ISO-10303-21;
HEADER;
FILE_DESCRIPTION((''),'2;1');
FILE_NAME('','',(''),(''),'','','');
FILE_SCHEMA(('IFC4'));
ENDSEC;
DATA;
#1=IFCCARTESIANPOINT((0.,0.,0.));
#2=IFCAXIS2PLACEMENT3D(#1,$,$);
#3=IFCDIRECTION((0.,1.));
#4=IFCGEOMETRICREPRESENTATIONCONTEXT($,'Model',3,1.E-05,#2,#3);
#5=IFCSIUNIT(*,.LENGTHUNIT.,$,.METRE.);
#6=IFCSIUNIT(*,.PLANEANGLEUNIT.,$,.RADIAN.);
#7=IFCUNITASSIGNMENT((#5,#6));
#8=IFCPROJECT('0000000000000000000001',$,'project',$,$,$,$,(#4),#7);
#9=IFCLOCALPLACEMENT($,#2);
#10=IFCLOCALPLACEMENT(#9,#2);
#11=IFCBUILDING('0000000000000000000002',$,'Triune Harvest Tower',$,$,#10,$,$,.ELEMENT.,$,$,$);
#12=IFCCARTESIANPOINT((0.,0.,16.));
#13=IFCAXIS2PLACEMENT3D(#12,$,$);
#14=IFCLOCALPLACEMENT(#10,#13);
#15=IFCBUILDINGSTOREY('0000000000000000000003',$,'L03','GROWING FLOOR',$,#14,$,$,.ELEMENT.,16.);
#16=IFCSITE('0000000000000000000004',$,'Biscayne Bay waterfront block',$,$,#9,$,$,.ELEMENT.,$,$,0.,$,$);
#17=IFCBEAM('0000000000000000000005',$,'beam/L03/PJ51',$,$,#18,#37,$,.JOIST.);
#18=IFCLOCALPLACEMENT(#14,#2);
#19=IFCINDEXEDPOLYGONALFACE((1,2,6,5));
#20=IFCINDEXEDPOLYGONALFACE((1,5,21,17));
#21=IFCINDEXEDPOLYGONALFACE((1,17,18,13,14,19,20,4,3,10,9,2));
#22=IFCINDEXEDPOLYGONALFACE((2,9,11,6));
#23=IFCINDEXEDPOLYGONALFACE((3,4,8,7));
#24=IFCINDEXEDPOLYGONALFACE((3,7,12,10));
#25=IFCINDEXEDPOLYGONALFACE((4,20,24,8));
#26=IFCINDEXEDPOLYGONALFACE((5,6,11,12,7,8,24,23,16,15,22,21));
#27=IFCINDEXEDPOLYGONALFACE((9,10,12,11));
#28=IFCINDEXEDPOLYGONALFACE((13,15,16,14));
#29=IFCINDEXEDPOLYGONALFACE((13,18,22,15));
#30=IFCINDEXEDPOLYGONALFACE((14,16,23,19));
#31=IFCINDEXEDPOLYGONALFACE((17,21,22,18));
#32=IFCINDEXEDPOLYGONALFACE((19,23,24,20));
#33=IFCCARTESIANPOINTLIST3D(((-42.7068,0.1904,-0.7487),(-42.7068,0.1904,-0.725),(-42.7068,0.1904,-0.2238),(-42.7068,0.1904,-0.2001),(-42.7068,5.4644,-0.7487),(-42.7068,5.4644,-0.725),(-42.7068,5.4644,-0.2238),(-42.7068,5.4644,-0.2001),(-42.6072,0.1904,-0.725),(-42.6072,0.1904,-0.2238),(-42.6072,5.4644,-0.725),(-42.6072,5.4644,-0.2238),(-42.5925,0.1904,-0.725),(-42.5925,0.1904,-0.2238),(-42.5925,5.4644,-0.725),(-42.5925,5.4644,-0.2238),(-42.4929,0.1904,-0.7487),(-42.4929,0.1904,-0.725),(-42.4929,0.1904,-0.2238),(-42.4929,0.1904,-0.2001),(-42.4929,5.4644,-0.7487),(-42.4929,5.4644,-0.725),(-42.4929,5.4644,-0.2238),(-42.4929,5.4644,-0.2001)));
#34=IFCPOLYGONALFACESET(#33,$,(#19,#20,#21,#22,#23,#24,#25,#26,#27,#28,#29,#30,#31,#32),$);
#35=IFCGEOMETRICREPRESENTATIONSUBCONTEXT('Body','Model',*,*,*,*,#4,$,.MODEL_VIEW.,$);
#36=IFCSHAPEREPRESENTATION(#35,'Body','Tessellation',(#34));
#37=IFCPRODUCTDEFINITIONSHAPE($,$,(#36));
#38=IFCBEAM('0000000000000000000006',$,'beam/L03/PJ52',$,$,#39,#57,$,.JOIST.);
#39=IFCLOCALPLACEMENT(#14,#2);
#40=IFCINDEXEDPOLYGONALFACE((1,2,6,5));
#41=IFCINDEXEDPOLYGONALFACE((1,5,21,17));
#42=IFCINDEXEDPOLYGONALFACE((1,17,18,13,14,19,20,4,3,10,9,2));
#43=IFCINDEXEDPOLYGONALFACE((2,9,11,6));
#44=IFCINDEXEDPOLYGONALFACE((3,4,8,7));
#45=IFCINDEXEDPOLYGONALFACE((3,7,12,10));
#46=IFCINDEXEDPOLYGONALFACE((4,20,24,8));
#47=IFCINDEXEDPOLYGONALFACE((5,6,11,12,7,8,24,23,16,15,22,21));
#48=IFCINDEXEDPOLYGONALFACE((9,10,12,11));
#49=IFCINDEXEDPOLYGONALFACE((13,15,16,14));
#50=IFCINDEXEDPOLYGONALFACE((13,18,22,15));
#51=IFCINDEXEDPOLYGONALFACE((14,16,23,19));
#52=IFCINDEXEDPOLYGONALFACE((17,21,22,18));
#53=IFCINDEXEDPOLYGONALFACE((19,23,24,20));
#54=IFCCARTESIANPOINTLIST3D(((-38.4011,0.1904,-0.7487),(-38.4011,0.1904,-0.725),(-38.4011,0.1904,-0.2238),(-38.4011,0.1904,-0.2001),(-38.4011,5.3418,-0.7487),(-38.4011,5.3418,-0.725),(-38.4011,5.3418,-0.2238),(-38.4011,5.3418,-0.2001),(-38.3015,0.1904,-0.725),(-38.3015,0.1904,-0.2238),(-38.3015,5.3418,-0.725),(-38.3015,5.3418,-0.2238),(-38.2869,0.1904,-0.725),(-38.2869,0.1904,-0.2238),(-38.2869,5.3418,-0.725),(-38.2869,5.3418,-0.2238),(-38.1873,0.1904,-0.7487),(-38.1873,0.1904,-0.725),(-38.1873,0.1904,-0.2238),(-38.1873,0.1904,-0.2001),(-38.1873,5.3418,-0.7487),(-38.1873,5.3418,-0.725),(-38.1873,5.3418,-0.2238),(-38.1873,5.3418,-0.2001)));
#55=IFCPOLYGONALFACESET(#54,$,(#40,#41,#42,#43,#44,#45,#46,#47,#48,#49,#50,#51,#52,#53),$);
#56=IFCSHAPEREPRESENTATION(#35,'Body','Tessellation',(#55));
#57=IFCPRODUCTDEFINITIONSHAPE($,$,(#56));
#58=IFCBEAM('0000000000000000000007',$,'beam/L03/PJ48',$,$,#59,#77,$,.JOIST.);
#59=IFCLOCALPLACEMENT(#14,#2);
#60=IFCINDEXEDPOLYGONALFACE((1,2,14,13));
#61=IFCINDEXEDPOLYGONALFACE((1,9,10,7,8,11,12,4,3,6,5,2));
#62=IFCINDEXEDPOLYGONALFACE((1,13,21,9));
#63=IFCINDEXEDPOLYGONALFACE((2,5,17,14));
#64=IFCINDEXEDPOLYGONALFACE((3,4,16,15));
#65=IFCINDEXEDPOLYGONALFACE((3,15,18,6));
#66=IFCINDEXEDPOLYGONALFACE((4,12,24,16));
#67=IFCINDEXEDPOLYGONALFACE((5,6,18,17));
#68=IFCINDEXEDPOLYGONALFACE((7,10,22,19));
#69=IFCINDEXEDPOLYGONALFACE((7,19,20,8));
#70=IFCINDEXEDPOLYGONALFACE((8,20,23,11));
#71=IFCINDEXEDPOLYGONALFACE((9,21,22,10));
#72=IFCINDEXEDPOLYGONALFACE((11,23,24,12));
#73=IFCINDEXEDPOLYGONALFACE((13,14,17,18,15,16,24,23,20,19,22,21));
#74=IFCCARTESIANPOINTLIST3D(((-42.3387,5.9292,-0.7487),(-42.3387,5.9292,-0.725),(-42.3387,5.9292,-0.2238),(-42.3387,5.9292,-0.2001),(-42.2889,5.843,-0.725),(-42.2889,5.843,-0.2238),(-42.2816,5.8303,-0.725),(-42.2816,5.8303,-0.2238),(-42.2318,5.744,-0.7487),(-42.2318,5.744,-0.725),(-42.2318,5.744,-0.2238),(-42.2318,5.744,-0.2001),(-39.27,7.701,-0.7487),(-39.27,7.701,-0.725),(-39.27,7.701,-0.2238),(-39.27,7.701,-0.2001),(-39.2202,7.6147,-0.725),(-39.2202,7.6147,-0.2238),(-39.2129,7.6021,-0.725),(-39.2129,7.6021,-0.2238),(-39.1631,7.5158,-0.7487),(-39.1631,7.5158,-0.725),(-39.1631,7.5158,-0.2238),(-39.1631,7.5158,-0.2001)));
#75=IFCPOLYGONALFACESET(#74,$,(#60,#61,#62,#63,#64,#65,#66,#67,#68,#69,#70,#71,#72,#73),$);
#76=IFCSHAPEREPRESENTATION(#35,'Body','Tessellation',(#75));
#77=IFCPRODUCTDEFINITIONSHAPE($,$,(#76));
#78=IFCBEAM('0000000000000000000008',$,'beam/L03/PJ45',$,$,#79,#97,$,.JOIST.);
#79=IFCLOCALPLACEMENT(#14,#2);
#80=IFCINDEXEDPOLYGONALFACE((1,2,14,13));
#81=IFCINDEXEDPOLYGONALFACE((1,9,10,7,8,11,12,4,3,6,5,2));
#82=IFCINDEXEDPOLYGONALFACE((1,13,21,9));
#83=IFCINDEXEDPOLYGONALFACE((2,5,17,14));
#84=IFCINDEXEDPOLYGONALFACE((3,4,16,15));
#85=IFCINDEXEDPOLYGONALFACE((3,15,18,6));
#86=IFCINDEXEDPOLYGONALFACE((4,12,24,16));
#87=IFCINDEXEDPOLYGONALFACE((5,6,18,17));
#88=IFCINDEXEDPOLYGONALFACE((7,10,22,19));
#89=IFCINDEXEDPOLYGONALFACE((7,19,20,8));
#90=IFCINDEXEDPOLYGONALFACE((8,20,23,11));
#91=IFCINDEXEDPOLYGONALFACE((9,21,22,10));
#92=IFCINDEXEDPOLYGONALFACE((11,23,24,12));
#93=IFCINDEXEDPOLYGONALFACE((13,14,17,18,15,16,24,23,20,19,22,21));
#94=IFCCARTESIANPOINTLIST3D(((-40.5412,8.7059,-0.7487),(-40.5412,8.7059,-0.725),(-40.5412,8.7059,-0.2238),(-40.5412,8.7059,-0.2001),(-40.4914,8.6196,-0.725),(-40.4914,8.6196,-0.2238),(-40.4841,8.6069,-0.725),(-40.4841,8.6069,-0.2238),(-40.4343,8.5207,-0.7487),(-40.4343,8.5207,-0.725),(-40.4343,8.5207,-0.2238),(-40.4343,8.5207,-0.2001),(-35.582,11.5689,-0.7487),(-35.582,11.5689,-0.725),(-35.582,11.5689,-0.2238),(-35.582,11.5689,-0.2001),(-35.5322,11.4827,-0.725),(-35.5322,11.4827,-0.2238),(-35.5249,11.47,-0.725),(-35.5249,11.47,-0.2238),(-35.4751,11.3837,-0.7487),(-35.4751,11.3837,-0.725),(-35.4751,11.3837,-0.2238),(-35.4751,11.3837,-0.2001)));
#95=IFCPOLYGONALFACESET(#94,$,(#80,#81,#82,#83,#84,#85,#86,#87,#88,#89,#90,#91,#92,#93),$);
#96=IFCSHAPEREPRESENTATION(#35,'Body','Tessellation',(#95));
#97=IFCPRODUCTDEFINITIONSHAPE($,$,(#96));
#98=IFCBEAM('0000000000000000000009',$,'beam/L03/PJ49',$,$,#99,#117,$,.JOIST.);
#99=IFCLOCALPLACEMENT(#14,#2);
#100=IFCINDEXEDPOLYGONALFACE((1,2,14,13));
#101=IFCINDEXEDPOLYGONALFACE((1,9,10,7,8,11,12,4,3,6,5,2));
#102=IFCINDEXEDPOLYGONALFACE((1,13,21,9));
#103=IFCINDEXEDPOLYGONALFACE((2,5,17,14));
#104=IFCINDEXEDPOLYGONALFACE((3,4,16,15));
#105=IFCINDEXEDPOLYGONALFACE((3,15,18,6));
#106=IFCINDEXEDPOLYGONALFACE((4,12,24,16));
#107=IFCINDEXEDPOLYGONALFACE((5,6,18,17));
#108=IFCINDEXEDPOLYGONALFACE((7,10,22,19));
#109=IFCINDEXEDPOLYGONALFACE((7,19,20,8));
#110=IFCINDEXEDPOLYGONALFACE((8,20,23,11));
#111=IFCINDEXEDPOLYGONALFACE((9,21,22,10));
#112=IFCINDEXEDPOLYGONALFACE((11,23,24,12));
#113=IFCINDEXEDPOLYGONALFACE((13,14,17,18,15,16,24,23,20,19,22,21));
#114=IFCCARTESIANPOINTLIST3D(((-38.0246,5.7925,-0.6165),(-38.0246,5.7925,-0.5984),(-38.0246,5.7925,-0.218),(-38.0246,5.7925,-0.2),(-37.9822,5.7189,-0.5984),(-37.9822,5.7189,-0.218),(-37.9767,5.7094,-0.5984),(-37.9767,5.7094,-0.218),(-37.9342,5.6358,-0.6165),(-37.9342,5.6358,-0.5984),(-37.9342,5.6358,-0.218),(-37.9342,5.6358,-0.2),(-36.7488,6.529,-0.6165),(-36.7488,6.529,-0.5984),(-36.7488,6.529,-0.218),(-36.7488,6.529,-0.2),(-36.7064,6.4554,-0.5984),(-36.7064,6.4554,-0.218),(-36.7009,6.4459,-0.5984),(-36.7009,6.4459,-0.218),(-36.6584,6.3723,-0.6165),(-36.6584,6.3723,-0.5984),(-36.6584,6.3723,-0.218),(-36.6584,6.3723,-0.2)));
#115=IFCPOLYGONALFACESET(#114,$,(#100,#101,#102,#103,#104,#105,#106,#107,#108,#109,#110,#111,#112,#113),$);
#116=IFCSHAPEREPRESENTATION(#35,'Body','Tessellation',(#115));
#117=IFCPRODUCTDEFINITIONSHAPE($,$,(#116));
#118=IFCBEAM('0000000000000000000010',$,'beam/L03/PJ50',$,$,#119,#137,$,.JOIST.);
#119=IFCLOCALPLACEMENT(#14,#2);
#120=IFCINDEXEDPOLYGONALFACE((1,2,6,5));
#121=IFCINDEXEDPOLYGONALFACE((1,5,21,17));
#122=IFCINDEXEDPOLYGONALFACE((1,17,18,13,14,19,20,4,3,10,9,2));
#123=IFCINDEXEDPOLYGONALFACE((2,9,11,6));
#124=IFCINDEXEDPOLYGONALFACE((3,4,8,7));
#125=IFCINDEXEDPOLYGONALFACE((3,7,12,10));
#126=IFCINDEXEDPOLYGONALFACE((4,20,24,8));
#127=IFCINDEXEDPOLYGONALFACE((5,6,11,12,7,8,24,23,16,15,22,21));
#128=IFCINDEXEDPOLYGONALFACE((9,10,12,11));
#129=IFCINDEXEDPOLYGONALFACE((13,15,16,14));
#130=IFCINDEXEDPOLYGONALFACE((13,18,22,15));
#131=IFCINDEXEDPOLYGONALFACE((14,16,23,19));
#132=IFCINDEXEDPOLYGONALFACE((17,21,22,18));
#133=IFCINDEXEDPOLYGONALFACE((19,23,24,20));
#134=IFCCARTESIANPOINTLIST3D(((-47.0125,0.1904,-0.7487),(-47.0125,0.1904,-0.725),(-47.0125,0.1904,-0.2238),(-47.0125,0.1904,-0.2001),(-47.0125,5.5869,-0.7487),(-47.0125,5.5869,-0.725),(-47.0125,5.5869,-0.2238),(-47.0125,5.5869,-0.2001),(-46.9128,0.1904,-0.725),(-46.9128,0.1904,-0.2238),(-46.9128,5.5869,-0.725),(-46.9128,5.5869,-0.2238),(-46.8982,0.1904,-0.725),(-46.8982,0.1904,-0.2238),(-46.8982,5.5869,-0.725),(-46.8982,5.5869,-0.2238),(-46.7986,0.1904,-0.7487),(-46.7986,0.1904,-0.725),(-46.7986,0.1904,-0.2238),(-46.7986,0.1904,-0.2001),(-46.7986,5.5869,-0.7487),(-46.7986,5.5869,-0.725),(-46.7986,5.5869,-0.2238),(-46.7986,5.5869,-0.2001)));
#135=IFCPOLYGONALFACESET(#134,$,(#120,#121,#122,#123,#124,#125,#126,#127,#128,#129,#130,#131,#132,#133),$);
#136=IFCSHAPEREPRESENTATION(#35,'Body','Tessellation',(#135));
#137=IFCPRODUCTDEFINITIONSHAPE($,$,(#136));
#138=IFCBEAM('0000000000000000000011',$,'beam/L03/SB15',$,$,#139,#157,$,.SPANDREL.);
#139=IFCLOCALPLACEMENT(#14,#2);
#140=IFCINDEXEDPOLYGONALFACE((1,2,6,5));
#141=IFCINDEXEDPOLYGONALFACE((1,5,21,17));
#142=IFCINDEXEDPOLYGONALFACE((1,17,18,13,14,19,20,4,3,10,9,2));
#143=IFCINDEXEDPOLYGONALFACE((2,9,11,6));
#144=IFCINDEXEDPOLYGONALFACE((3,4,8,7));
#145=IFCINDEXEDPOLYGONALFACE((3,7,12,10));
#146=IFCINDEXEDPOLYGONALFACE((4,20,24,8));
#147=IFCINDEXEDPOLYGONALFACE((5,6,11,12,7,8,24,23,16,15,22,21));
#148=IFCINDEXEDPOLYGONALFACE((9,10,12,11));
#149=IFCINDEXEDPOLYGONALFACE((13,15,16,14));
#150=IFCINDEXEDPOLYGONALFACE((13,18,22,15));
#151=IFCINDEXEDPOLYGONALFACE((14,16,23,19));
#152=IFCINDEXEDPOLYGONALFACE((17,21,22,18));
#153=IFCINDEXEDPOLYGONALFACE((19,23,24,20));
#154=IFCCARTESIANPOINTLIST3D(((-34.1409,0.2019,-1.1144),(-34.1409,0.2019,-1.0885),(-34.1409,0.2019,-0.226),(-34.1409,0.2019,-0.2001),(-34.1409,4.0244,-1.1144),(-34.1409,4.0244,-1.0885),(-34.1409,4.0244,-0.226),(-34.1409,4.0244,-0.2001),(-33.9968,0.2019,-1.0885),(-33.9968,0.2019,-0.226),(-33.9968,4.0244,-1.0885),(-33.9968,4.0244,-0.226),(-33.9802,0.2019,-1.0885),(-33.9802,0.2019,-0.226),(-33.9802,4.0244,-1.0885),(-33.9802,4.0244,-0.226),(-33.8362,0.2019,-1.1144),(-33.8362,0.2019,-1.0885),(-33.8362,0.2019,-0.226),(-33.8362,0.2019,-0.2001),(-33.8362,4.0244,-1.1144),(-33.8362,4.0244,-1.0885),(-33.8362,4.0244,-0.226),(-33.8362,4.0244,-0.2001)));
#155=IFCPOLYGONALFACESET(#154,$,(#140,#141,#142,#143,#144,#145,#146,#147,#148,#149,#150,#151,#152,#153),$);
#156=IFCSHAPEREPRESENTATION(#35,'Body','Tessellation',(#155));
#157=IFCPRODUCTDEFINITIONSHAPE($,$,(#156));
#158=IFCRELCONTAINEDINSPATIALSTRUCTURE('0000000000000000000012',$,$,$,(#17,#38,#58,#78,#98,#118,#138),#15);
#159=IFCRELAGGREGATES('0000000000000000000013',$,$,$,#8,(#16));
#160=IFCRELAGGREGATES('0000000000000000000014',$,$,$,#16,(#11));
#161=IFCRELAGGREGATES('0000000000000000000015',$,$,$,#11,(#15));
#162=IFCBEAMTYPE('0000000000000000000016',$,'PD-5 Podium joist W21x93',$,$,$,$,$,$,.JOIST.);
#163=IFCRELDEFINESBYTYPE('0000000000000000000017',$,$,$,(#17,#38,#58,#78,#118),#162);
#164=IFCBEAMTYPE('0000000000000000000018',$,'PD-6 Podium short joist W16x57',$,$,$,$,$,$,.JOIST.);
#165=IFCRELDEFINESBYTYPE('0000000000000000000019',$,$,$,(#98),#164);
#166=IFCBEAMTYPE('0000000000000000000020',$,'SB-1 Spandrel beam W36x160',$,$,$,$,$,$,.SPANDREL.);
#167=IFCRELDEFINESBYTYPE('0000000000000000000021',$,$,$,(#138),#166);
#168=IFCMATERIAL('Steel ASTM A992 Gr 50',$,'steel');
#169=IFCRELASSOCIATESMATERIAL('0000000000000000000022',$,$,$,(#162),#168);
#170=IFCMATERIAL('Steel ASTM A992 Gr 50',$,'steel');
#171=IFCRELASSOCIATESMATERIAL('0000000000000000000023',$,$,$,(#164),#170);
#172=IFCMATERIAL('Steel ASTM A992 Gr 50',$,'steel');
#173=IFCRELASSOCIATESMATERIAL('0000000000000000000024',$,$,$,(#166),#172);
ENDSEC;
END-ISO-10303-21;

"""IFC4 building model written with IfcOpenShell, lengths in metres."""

from ifc_helpers import new_model, si_unit, direction, frame, origin, origin_2d, place, context, subcontext, project, spatial, i_section, extrude, source, transform, mapped, material, material_profile, profile_set, type_object, element, save


model = new_model("IFC4")

# Units and contexts
model_context = context("Model", 3, precision=1e-05, world=origin(), true_north=direction((0.0, 1.0)))
body_context = subcontext(model_context, "Body", "Model", "MODEL_VIEW")
ifc_project = project(units=[si_unit("LENGTHUNIT", "METRE"), si_unit("PLANEANGLEUNIT", "RADIAN")], contexts=[model_context])

# Site, building, storey
site_placement = place(None, origin())
site = spatial("IfcSite", under=ifc_project, at=site_placement, Name="Biscayne Bay waterfront block", CompositionType="ELEMENT", RefElevation=0.0)
building_placement = place(site_placement, origin())
building = spatial("IfcBuilding", under=site, at=building_placement, Name="Triune Harvest Tower", CompositionType="ELEMENT")
storey_placement = place(building_placement, frame((0.0, 0.0, 16.0)))
storey = spatial("IfcBuildingStorey", under=building, at=storey_placement, Name="L03", Description="GROWING FLOOR", CompositionType="ELEMENT", Elevation=16.0)

# Beams
ifc_material_1 = material(Name="Steel ASTM A992 Gr 50", Category="steel")
ifc_material_profile_1 = material_profile(ifc_material_1, i_section(OverallWidth=0.2139, OverallDepth=0.5486, WebThickness=0.0146, FlangeThickness=0.0237, at=origin_2d()), Name="W21x93")
ifc_profile_set_1 = profile_set([ifc_material_profile_1], Name="Steel ASTM A992 Gr 50")
beam_type_1 = type_object("IfcBeamType", Name="PD-5 Podium joist W21x93", PredefinedType="JOIST", material=ifc_profile_set_1)
shared_shape_1 = source(origin(), body_context, "Body", "SweptSolid", [
    extrude(i_section(OverallWidth=0.2139, OverallDepth=0.5486, WebThickness=0.0146, FlangeThickness=0.0237, at=origin_2d()), origin(), (0.0, 0.0, 1.0), 5.2739),
])
beam_1_placement = place(storey_placement, frame((-42.5999, 5.4644, -0.4744), z_axis=(0.0, -1.0, 0.0), x_axis=(1.0, 0.0, 0.0)))
element("IfcBeam", 1, at=beam_1_placement, inside=storey, type_object=beam_type_1, Name="beam/L03/PJ51", PredefinedType="JOIST", context=body_context, shape_type="MappedRepresentation", body=[
    mapped(shared_shape_1, transform((0.0, 0.0, 0.0), scale=1.0)),
])
shared_shape_2 = source(origin(), body_context, "Body", "SweptSolid", [
    extrude(i_section(OverallWidth=0.2139, OverallDepth=0.5486, WebThickness=0.0146, FlangeThickness=0.0237, at=origin_2d()), origin(), (0.0, 0.0, 1.0), 5.1514),
])
beam_2_placement = place(storey_placement, frame((-38.2942, 5.3418, -0.4744), z_axis=(0.0, -1.0, 0.0), x_axis=(1.0, 0.0, 0.0)))
element("IfcBeam", 2, at=beam_2_placement, inside=storey, type_object=beam_type_1, Name="beam/L03/PJ52", PredefinedType="JOIST", context=body_context, shape_type="MappedRepresentation", body=[
    mapped(shared_shape_2, transform((0.0, 0.0, 0.0), scale=1.0)),
])
shared_shape_3 = source(origin(), body_context, "Body", "SweptSolid", [
    extrude(i_section(OverallWidth=0.2139, OverallDepth=0.5486, WebThickness=0.0146, FlangeThickness=0.0237, at=origin_2d()), origin(), (0.0, 0.0, 1.0), 3.5435),
])
beam_3_placement = place(storey_placement, frame((-39.2166, 7.6084, -0.4744), z_axis=(-0.866017, -0.500015, 0.0), x_axis=(0.500015, -0.866017, 0.0)))
element("IfcBeam", 3, at=beam_3_placement, inside=storey, type_object=beam_type_1, Name="beam/L03/PJ48", PredefinedType="JOIST", context=body_context, shape_type="MappedRepresentation", body=[
    mapped(shared_shape_3, transform((0.0, 0.0, 0.0), scale=1.0)),
])
shared_shape_4 = source(origin(), body_context, "Body", "SweptSolid", [
    extrude(i_section(OverallWidth=0.2139, OverallDepth=0.5486, WebThickness=0.0146, FlangeThickness=0.0237, at=origin_2d()), origin(), (0.0, 0.0, 1.0), 5.7263),
])
beam_4_placement = place(storey_placement, frame((-35.5286, 11.4763, -0.4744), z_axis=(-0.866039, -0.499977, 0.0), x_axis=(0.499977, -0.866039, 0.0)))
element("IfcBeam", 4, at=beam_4_placement, inside=storey, type_object=beam_type_1, Name="beam/L03/PJ45", PredefinedType="JOIST", context=body_context, shape_type="MappedRepresentation", body=[
    mapped(shared_shape_4, transform((0.0, 0.0, 0.0), scale=1.0)),
])
ifc_material_2 = material(Name="Steel ASTM A992 Gr 50", Category="steel")
ifc_material_profile_2 = material_profile(ifc_material_2, i_section(OverallWidth=0.1809, OverallDepth=0.4165, WebThickness=0.011, FlangeThickness=0.0181, at=origin_2d()), Name="W16x57")
ifc_profile_set_2 = profile_set([ifc_material_profile_2], Name="Steel ASTM A992 Gr 50")
beam_type_2 = type_object("IfcBeamType", Name="PD-6 Podium short joist W16x57", PredefinedType="JOIST", material=ifc_profile_set_2)
shared_shape_5 = source(origin(), body_context, "Body", "SweptSolid", [
    extrude(i_section(OverallWidth=0.1809, OverallDepth=0.4165, WebThickness=0.011, FlangeThickness=0.0181, at=origin_2d()), origin(), (0.0, 0.0, 1.0), 1.4731),
])
beam_5_placement = place(storey_placement, frame((-36.7036, 6.4507, -0.4082), z_axis=(-0.866042, -0.499971, 0.0), x_axis=(0.499971, -0.866042, 0.0)))
element("IfcBeam", 5, at=beam_5_placement, inside=storey, type_object=beam_type_2, Name="beam/L03/PJ49", PredefinedType="JOIST", context=body_context, shape_type="MappedRepresentation", body=[
    mapped(shared_shape_5, transform((0.0, 0.0, 0.0), scale=1.0)),
])
shared_shape_6 = source(origin(), body_context, "Body", "SweptSolid", [
    extrude(i_section(OverallWidth=0.2139, OverallDepth=0.5486, WebThickness=0.0146, FlangeThickness=0.0237, at=origin_2d()), origin(), (0.0, 0.0, 1.0), 5.3965),
])
beam_6_placement = place(storey_placement, frame((-46.9055, 5.5869, -0.4744), z_axis=(0.0, -1.0, 0.0), x_axis=(1.0, 0.0, 0.0)))
element("IfcBeam", 6, at=beam_6_placement, inside=storey, type_object=beam_type_1, Name="beam/L03/PJ50", PredefinedType="JOIST", context=body_context, shape_type="MappedRepresentation", body=[
    mapped(shared_shape_6, transform((0.0, 0.0, 0.0), scale=1.0)),
])
ifc_material_3 = material(Name="Steel ASTM A992 Gr 50", Category="steel")
ifc_material_profile_3 = material_profile(ifc_material_3, i_section(OverallWidth=0.3047, OverallDepth=0.9143, WebThickness=0.0166, FlangeThickness=0.0259, at=origin_2d()), Name="W36x160")
ifc_profile_set_3 = profile_set([ifc_material_profile_3], Name="Steel ASTM A992 Gr 50")
beam_type_3 = type_object("IfcBeamType", Name="SB-1 Spandrel beam W36x160", PredefinedType="SPANDREL", material=ifc_profile_set_3)
shared_shape_7 = source(origin(), body_context, "Body", "SweptSolid", [
    extrude(i_section(OverallWidth=0.3047, OverallDepth=0.9143, WebThickness=0.0166, FlangeThickness=0.0259, at=origin_2d()), origin(), (0.0, 0.0, 1.0), 3.8225),
])
beam_7_placement = place(storey_placement, frame((-33.9885, 4.0244, -0.6572), z_axis=(0.0, -1.0, 0.0), x_axis=(1.0, 0.0, 0.0)))
element("IfcBeam", 7, at=beam_7_placement, inside=storey, type_object=beam_type_3, Name="beam/L03/SB15", PredefinedType="SPANDREL", context=body_context, shape_type="MappedRepresentation", body=[
    mapped(shared_shape_7, transform((0.0, 0.0, 0.0), scale=1.0)),
])

save(model, "model.ifc")
